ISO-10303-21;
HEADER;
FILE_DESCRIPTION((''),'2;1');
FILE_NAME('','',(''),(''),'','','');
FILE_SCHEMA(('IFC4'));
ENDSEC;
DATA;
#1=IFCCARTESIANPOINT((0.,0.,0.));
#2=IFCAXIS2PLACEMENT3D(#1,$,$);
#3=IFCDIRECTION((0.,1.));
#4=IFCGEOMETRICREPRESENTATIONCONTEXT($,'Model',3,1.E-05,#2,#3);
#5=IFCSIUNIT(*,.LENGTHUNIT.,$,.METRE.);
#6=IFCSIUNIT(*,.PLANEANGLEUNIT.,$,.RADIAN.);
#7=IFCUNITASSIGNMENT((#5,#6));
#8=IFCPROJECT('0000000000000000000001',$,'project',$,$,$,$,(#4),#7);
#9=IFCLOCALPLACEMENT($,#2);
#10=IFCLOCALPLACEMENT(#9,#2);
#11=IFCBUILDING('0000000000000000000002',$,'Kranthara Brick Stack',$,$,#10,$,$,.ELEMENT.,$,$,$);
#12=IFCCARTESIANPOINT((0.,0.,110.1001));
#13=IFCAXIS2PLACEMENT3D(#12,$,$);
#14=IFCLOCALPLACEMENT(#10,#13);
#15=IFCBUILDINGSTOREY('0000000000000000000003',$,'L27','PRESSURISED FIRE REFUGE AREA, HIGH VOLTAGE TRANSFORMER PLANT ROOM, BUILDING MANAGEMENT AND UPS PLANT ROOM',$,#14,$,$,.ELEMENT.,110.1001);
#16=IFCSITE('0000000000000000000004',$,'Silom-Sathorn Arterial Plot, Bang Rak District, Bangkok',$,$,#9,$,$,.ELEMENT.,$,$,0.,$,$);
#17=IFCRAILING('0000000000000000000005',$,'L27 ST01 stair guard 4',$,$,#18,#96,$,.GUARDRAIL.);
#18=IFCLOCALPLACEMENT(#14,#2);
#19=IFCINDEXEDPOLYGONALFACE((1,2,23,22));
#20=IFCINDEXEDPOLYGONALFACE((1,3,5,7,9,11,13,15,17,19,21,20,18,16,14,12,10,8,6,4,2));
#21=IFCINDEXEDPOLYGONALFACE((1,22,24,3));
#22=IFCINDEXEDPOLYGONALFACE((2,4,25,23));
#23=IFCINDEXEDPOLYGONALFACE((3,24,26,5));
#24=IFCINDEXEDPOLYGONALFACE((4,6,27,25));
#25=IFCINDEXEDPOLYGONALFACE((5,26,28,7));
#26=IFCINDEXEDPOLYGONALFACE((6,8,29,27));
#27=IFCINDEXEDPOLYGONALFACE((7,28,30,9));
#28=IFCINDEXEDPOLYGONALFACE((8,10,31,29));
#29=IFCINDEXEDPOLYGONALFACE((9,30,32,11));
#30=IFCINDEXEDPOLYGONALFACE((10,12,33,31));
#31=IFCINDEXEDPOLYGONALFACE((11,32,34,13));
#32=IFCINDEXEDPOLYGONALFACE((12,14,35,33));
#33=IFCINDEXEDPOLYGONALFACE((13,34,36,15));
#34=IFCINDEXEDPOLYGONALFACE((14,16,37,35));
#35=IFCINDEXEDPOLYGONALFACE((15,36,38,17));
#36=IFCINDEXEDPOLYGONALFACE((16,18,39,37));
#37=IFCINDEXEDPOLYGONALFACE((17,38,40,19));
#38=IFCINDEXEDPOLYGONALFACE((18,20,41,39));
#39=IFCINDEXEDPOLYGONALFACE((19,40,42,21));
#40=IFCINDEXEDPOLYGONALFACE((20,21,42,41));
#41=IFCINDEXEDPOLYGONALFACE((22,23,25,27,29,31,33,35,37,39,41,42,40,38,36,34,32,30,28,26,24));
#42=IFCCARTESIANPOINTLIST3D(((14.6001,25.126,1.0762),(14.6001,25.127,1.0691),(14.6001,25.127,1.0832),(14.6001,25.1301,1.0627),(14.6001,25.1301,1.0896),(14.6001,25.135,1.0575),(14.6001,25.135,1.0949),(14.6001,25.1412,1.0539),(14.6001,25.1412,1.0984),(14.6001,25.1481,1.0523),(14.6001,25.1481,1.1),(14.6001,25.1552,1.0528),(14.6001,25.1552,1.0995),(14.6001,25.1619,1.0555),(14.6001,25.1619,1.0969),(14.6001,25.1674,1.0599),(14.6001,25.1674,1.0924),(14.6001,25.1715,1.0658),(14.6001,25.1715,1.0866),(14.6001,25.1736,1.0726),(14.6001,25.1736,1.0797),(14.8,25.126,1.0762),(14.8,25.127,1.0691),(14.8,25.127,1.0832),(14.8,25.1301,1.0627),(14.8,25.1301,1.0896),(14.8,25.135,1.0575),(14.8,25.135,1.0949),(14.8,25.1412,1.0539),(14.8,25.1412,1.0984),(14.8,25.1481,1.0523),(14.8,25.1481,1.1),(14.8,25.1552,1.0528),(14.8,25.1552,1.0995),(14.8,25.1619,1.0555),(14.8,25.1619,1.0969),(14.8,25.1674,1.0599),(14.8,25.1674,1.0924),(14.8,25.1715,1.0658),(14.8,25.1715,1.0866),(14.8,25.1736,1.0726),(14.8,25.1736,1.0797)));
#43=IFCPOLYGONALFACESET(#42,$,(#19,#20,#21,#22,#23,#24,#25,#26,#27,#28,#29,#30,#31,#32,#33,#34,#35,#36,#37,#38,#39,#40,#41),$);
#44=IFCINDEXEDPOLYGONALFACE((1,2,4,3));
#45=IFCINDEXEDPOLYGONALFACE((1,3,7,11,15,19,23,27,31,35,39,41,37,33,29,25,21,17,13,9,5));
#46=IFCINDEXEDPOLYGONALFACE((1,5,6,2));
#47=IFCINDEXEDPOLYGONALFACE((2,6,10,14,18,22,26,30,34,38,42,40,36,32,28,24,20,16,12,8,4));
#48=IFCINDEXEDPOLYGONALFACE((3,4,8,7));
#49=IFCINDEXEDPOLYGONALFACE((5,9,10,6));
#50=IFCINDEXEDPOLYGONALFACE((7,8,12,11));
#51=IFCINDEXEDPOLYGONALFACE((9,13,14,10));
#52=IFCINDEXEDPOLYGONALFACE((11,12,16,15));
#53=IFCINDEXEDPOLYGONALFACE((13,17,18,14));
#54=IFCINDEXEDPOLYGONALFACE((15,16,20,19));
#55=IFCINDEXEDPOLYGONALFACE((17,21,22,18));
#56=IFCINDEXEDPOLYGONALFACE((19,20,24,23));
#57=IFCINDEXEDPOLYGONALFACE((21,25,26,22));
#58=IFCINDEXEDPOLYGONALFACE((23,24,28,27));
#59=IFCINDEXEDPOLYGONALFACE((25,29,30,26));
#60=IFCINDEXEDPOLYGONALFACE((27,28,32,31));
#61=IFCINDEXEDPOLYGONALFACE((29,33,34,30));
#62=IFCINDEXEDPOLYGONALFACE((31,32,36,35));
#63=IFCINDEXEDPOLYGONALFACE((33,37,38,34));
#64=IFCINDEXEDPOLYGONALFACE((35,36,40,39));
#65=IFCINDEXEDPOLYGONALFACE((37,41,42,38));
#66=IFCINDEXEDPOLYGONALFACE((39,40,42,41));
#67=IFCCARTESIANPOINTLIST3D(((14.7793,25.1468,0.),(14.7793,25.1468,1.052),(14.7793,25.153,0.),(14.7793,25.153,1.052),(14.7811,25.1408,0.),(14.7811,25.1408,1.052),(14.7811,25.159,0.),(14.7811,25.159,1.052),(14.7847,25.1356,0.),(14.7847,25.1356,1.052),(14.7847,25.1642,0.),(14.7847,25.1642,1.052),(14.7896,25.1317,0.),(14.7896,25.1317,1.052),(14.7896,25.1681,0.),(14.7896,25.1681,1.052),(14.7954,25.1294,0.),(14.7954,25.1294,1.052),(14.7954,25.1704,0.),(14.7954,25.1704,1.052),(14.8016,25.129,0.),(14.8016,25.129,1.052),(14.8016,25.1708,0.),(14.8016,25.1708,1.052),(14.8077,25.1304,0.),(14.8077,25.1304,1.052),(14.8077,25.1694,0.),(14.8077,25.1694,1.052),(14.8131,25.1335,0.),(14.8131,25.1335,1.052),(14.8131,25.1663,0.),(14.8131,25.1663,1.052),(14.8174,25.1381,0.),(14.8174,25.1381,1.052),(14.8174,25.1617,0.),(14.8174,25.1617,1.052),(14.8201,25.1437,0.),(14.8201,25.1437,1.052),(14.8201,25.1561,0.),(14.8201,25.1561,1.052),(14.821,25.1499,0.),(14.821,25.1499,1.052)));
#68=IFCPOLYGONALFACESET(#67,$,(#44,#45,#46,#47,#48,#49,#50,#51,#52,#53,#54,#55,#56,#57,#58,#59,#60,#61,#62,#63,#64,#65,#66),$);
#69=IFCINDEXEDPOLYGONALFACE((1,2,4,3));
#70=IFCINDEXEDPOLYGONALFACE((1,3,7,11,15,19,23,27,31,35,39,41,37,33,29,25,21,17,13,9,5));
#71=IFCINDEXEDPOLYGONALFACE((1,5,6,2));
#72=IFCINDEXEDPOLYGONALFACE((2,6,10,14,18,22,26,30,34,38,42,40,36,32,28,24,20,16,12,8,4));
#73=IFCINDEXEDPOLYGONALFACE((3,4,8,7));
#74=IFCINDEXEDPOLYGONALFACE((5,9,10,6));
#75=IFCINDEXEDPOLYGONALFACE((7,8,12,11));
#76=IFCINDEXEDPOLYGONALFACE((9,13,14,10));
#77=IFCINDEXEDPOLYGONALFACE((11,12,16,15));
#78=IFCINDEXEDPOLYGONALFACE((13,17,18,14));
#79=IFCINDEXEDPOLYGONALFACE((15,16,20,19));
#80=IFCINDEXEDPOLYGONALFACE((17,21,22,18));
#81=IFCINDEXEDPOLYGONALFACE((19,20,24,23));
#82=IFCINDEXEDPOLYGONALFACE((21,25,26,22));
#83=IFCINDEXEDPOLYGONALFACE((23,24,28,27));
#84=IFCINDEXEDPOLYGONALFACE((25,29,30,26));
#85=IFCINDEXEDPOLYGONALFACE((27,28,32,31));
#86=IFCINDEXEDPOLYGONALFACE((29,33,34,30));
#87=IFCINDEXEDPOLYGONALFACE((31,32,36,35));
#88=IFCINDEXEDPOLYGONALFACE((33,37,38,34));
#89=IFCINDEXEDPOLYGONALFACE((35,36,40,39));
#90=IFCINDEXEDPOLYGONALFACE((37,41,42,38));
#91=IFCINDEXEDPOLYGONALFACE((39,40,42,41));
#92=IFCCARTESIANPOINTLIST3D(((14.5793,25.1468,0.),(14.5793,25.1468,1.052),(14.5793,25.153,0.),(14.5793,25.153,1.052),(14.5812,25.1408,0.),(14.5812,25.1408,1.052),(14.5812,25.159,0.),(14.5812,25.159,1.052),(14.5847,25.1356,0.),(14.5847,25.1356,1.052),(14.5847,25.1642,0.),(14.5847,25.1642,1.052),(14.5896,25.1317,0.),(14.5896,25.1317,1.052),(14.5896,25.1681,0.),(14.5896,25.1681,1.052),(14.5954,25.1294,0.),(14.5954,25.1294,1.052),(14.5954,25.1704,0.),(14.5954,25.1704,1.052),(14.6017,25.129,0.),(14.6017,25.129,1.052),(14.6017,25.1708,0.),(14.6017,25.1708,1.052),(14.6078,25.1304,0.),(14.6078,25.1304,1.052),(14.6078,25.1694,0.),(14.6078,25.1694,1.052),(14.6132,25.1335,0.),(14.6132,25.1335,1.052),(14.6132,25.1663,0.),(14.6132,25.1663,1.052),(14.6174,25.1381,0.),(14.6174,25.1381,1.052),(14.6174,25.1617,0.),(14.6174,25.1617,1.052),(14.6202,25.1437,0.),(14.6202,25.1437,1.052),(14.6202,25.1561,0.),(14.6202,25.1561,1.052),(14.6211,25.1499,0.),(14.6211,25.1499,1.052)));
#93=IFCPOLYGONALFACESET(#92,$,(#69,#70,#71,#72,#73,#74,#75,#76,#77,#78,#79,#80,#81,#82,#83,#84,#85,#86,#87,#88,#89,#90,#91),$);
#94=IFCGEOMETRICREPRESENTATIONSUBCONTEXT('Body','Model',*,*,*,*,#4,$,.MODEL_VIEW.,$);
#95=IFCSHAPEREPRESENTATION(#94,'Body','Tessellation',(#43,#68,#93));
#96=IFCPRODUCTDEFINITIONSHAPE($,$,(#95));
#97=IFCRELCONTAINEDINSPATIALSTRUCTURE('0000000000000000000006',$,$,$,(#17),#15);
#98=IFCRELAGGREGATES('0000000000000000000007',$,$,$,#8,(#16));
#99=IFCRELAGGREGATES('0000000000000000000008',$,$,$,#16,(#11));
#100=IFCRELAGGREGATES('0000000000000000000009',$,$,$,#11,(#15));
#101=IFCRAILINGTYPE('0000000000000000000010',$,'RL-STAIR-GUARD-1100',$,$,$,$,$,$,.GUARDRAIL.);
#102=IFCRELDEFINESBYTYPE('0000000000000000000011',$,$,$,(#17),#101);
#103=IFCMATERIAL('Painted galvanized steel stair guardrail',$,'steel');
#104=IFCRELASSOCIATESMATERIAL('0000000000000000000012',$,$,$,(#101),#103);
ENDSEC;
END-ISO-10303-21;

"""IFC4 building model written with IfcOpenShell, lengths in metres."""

from ifc_helpers import new_model, si_unit, direction, frame, origin, origin_2d, place, context, subcontext, project, spatial, circle, extrude, material, type_object, element, save


model = new_model("IFC4")

# Units and contexts
model_context = context("Model", 3, precision=1e-05, world=origin(), true_north=direction((0.0, 1.0)))
body_context = subcontext(model_context, "Body", "Model", "MODEL_VIEW")
ifc_project = project(units=[si_unit("LENGTHUNIT", "METRE"), si_unit("PLANEANGLEUNIT", "RADIAN")], contexts=[model_context])

# Site, building, storey
site_placement = place(None, origin())
site = spatial("IfcSite", under=ifc_project, at=site_placement, Name="Silom-Sathorn Arterial Plot, Bang Rak District, Bangkok", CompositionType="ELEMENT", RefElevation=0.0)
building_placement = place(site_placement, origin())
building = spatial("IfcBuilding", under=site, at=building_placement, Name="Kranthara Brick Stack", CompositionType="ELEMENT")
storey_placement = place(building_placement, frame((0.0, 0.0, 110.1001)))
storey = spatial("IfcBuildingStorey", under=building, at=storey_placement, Name="L27", Description="PRESSURISED FIRE REFUGE AREA, HIGH VOLTAGE TRANSFORMER PLANT ROOM, BUILDING MANAGEMENT AND UPS PLANT ROOM", CompositionType="ELEMENT", Elevation=110.1001)

# Railing
ifc_material_1 = material(Name="Painted galvanized steel stair guardrail", Category="steel")
railing_type_1 = type_object("IfcRailingType", Name="RL-STAIR-GUARD-1100", PredefinedType="GUARDRAIL", material=ifc_material_1)
railing_1_placement = place(storey_placement, frame((14.8, 25.1499, 0.0)))
element("IfcRailing", 1, at=railing_1_placement, inside=storey, type_object=railing_type_1, Name="L27 ST01 stair guard 4", PredefinedType="GUARDRAIL", context=body_context, shape_type="SweptSolid", body=[
    extrude(circle(Radius=0.0239, at=origin_2d()), frame((0.0, 0.0, 1.0762), z_axis=(-1.0, 0.0, 0.0), x_axis=(0.0, -1.0, 0.0)), (0.0, 0.0, 1.0), 0.2),
    extrude(circle(Radius=0.021, at=origin_2d()), origin(), (0.0, 0.0, 1.0), 1.052),
    extrude(circle(Radius=0.021, at=origin_2d()), frame((-0.2, 0.0, 0.0)), (0.0, 0.0, 1.0), 1.052),
])

save(model, "model.ifc")
